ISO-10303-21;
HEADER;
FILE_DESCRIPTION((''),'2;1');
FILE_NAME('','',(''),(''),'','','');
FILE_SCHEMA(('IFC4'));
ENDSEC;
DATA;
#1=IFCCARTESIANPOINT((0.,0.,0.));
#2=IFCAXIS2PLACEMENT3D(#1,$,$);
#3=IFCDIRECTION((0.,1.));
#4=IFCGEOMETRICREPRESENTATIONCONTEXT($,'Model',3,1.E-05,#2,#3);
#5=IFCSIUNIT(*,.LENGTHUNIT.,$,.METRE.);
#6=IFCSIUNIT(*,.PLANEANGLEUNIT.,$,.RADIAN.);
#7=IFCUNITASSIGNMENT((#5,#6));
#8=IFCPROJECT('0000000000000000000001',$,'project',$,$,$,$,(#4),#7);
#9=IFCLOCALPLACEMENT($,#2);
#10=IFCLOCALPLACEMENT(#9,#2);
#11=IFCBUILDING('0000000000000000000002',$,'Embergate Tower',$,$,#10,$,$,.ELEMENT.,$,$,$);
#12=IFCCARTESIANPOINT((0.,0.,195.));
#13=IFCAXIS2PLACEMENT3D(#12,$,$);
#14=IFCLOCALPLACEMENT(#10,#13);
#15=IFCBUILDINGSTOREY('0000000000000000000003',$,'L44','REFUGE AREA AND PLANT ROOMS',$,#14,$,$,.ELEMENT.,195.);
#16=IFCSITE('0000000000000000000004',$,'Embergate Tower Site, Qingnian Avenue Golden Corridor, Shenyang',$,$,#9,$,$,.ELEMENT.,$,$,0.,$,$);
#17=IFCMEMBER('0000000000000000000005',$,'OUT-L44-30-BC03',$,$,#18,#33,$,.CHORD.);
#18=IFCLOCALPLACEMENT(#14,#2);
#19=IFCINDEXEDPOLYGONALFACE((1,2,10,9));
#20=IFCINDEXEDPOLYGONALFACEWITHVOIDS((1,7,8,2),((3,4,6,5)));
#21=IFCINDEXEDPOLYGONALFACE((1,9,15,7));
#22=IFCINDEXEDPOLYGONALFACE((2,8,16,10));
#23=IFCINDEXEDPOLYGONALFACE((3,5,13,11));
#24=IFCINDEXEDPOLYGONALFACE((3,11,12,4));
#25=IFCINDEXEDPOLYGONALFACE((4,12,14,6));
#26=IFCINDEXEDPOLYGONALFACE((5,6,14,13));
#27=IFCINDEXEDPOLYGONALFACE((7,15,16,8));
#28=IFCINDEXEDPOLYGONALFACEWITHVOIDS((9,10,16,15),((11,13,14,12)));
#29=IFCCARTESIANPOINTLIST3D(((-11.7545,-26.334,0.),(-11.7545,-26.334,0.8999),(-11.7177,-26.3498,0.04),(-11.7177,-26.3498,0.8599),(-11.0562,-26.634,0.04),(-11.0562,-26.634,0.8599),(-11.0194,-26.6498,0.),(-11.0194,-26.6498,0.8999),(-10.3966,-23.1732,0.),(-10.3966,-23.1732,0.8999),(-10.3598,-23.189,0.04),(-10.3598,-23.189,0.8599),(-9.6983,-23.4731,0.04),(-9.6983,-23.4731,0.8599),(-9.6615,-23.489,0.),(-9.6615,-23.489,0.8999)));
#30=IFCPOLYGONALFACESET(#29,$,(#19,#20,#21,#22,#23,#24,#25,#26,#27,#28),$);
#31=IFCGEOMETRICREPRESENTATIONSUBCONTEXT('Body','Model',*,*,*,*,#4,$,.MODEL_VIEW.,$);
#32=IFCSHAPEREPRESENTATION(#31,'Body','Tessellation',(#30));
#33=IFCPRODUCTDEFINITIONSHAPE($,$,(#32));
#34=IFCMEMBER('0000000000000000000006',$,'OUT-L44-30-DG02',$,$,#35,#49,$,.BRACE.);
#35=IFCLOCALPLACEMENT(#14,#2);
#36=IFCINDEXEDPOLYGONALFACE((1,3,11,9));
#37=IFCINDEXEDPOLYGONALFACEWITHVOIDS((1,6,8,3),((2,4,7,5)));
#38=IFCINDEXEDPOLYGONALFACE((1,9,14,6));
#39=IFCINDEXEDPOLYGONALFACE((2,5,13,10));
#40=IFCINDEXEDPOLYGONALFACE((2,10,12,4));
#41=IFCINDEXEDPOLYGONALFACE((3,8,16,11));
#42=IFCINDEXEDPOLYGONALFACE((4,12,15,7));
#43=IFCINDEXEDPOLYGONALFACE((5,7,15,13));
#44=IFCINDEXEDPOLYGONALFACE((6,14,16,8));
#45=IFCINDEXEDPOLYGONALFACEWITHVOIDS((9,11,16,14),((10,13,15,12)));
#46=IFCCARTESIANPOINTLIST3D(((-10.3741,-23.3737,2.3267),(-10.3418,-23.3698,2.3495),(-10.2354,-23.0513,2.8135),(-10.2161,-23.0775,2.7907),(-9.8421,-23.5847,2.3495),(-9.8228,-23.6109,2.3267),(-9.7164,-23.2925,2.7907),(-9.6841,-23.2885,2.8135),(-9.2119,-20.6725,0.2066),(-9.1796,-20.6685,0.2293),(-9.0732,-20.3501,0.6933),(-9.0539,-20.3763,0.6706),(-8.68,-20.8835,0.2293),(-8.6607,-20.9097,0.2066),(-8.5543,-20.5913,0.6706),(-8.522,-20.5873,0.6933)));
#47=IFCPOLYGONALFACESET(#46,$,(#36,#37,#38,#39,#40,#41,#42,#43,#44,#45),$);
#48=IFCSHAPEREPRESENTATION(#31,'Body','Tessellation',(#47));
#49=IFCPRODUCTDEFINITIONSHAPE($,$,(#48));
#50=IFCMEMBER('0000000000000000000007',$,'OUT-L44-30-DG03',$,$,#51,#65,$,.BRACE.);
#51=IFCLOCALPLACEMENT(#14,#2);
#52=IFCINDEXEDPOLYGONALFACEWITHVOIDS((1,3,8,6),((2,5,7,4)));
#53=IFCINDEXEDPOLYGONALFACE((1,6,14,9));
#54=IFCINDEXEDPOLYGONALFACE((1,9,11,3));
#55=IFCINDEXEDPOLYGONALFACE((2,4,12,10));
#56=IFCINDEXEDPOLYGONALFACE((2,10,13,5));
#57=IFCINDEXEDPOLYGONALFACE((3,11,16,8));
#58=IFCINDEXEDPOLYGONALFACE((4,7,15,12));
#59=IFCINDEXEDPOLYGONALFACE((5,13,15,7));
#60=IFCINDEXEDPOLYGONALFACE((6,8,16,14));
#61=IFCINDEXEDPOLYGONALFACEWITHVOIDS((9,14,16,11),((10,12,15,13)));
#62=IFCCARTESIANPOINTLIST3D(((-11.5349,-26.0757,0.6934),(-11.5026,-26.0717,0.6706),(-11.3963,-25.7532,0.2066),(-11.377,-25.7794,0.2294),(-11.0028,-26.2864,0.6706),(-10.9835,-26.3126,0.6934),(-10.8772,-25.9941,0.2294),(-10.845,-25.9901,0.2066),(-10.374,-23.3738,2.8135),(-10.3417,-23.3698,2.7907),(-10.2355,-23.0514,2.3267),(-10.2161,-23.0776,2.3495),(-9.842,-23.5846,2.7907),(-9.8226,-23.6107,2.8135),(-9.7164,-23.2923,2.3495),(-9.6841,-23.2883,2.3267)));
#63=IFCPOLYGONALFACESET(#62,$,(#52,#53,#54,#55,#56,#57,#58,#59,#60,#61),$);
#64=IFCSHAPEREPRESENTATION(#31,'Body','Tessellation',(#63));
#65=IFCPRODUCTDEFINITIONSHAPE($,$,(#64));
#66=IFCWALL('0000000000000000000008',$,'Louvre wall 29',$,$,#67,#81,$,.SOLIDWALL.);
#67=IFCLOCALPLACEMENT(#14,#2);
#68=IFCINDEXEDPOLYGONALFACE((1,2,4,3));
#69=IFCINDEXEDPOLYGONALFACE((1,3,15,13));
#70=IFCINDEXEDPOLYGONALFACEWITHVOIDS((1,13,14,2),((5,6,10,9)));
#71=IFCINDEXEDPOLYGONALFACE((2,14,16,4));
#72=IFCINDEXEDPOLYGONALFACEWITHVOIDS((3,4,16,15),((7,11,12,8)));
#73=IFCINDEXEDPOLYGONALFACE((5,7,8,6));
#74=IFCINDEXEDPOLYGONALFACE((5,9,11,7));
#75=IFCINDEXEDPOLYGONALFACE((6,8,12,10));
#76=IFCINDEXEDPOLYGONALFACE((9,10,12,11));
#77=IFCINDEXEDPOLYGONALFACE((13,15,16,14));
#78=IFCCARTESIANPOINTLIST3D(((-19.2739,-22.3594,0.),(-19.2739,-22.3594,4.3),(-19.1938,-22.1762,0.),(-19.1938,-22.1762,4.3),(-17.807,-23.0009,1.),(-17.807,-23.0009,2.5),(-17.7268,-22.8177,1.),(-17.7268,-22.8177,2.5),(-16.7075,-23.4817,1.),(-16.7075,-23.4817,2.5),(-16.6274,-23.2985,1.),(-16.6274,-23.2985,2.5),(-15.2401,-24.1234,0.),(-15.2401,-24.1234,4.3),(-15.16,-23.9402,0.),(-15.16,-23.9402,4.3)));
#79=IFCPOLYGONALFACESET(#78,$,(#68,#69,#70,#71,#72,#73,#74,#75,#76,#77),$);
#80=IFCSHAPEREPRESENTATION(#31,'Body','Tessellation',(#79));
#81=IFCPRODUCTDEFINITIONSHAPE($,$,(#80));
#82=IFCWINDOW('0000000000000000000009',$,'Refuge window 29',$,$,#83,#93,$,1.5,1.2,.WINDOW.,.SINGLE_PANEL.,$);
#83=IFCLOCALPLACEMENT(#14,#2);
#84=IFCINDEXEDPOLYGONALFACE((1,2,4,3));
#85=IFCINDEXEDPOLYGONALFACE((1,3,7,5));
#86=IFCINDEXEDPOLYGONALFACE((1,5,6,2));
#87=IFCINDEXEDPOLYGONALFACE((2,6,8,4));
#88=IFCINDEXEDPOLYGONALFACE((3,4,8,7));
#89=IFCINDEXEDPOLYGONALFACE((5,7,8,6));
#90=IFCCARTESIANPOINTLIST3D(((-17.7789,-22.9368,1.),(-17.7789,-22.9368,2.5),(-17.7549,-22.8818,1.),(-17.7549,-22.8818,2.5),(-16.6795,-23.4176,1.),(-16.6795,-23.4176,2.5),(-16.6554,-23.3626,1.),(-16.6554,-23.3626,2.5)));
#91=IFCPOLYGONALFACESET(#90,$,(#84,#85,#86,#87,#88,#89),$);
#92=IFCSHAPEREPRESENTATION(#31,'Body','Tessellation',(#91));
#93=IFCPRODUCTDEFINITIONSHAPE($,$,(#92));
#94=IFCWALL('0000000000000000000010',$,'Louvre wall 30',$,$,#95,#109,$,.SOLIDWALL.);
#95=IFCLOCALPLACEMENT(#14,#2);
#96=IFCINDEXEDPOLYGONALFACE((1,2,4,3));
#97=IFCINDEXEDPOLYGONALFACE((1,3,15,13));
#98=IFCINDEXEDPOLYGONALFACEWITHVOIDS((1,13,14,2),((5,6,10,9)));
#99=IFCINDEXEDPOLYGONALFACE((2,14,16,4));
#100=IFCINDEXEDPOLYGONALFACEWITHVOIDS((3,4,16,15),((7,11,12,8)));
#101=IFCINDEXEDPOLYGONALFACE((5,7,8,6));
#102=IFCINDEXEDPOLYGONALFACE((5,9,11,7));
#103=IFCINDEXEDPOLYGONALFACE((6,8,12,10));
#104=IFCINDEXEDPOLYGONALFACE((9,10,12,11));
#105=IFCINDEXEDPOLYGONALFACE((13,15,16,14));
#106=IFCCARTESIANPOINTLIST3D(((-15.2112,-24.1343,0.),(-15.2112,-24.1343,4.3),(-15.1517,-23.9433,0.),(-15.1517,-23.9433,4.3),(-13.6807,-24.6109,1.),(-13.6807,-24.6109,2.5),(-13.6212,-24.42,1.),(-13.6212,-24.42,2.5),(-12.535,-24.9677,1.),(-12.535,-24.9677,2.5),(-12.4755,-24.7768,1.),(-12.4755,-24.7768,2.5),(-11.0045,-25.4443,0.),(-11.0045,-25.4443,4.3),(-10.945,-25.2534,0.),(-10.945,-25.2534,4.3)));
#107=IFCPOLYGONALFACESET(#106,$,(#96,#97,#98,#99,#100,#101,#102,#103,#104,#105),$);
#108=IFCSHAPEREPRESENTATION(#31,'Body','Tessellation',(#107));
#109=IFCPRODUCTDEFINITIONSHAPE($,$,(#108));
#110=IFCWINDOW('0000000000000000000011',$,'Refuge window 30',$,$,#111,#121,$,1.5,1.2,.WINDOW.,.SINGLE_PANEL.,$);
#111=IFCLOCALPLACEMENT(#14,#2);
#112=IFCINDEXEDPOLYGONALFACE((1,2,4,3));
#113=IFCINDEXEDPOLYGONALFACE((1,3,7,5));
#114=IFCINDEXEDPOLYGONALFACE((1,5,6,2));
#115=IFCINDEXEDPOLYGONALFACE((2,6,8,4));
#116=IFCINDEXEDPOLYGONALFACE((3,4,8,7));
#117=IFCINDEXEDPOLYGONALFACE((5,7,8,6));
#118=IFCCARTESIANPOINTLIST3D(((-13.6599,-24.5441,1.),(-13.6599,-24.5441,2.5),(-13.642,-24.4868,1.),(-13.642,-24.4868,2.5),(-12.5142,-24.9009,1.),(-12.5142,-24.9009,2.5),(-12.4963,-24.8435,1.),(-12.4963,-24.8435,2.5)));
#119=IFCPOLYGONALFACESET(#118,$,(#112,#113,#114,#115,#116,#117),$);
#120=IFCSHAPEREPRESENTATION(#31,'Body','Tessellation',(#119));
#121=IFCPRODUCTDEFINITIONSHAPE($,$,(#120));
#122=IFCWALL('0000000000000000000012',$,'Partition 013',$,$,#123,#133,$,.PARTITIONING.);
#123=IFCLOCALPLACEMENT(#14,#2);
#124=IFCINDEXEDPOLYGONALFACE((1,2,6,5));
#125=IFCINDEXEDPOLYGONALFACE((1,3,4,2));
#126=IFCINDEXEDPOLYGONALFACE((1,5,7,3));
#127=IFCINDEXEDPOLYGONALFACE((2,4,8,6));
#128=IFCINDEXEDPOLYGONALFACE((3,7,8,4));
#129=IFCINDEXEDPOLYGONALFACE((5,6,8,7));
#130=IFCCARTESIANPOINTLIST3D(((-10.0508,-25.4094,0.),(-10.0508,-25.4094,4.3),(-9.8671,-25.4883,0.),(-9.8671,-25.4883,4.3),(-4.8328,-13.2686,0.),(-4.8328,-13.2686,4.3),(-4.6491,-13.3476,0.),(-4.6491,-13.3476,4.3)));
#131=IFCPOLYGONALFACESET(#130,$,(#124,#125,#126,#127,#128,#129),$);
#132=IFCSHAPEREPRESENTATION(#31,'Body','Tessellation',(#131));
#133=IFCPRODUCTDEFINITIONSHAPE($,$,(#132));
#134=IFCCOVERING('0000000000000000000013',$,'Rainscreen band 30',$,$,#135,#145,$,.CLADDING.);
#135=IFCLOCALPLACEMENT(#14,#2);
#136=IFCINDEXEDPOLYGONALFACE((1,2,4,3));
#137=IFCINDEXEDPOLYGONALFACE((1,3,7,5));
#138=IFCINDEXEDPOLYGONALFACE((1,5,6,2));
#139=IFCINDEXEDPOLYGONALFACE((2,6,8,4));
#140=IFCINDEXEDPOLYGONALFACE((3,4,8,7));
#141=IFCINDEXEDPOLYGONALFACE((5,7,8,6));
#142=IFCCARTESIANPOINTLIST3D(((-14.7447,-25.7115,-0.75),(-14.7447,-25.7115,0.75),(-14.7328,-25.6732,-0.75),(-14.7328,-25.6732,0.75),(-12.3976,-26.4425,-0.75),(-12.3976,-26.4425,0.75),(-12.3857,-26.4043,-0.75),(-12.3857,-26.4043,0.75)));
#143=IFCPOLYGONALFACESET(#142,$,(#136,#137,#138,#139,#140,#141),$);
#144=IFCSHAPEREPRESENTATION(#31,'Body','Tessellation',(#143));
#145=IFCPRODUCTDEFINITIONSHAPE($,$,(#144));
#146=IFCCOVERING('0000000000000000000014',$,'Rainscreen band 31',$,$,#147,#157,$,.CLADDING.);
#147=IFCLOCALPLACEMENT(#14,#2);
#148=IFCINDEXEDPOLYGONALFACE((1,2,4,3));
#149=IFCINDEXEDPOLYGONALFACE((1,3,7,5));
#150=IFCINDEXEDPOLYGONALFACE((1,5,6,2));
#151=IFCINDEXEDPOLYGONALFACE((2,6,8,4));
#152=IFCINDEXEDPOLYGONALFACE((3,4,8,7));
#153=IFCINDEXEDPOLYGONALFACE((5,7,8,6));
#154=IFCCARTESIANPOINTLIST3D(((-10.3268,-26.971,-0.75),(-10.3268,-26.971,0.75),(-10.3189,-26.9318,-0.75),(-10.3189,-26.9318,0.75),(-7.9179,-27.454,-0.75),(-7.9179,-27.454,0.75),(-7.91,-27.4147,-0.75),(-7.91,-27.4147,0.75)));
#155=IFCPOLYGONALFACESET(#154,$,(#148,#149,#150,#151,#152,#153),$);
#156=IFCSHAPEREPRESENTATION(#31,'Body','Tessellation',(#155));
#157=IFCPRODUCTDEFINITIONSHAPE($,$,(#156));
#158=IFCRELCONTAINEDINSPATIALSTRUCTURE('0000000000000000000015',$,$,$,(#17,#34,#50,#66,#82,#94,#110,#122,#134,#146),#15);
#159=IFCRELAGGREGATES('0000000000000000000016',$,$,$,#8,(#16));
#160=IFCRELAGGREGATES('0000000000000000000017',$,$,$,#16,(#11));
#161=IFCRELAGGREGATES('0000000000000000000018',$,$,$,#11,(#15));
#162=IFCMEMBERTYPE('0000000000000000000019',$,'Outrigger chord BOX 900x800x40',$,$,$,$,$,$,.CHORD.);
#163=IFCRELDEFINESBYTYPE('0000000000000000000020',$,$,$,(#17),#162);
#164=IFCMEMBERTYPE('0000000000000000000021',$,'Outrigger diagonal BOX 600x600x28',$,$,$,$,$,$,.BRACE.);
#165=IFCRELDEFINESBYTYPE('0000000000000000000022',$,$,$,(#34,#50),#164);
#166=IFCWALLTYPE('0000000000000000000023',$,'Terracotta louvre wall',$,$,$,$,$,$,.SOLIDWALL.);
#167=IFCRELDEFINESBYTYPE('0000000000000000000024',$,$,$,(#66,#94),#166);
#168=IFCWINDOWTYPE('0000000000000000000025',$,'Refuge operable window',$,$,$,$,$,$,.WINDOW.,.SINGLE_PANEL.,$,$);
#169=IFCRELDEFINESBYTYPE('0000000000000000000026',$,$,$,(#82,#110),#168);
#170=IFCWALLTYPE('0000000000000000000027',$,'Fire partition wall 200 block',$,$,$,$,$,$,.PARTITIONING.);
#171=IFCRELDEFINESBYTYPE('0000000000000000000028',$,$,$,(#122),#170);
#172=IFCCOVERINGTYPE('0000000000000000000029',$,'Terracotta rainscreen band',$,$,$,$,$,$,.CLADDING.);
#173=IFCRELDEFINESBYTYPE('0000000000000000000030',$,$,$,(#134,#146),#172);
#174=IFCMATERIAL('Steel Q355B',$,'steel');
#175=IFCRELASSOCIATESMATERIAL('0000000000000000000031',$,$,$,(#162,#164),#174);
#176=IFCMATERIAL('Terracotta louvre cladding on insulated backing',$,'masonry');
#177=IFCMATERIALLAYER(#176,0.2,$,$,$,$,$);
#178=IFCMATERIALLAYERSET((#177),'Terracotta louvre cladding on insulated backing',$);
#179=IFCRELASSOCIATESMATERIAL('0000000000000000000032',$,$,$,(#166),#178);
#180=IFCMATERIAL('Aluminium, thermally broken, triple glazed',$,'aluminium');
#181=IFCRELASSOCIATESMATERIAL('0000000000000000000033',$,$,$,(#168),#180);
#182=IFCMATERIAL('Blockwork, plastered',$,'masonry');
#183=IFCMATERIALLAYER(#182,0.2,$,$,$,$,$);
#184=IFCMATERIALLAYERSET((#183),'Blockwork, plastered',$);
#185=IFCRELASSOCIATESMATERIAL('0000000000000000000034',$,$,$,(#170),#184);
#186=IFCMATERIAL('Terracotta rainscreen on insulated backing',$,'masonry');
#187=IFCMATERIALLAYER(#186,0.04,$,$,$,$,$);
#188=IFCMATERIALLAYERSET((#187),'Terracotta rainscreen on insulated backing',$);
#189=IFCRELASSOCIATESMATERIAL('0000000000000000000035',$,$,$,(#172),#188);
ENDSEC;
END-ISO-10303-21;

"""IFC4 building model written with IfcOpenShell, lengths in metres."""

from ifc_helpers import new_model, si_unit, direction, frame, frame_2d, origin, origin_2d, place, context, subcontext, project, spatial, rectangle, hollow_rectangle, extrude, source, transform, mapped, material, layer, layer_set, material_profile, profile_set, type_object, element, fill, save


model = new_model("IFC4")

# Units and contexts
model_context = context("Model", 3, precision=1e-05, world=origin(), true_north=direction((0.0, 1.0)))
body_context = subcontext(model_context, "Body", "Model", "MODEL_VIEW")
ifc_project = project(units=[si_unit("LENGTHUNIT", "METRE"), si_unit("PLANEANGLEUNIT", "RADIAN")], contexts=[model_context])

# Site, building, storey
site_placement = place(None, origin())
site = spatial("IfcSite", under=ifc_project, at=site_placement, Name="Embergate Tower Site, Qingnian Avenue Golden Corridor, Shenyang", CompositionType="ELEMENT", RefElevation=0.0)
building_placement = place(site_placement, origin())
building = spatial("IfcBuilding", under=site, at=building_placement, Name="Embergate Tower", CompositionType="ELEMENT")
storey_placement = place(building_placement, frame((0.0, 0.0, 195.0)))
storey = spatial("IfcBuildingStorey", under=building, at=storey_placement, Name="L44", Description="REFUGE AREA AND PLANT ROOMS", CompositionType="ELEMENT", Elevation=195.0)

# Shared definitions
ifc_material_1 = material(Name="Steel Q355B", Category="steel")

# Members
ifc_material_profile_1 = material_profile(ifc_material_1, hollow_rectangle(XDim=0.8, YDim=0.8999, WallThickness=0.04, at=origin_2d()), Name="BOX 900x800x40")
ifc_profile_set_1 = profile_set([ifc_material_profile_1], Name="Steel Q355 grade B")
member_type_1 = type_object("IfcMemberType", Name="Outrigger chord BOX 900x800x40", PredefinedType="CHORD", material=ifc_profile_set_1)
shared_shape_1 = source(origin(), body_context, "Body", "SweptSolid", [
    extrude(hollow_rectangle(XDim=0.8, YDim=0.8999, WallThickness=0.04, at=origin_2d()), origin(), (0.0, 0.0, 1.0), 3.4402),
])
for number, where, z_axis, x_axis, name in (
    (1, (-10.0291, -23.3311, 0.45), (-0.394716, -0.918803, 0.0), (0.918803, -0.394716, 0.0), "OUT-L44-30-BC03"),
):
    element("IfcMember", number, at=place(storey_placement, frame(where, z_axis=z_axis, x_axis=x_axis)), inside=storey, type_object=member_type_1, Name=name, PredefinedType="CHORD", context=body_context, shape_type="MappedRepresentation", body=[
        mapped(shared_shape_1, transform((0.0, 0.0, 0.0))),
    ])
ifc_material_profile_2 = material_profile(ifc_material_1, hollow_rectangle(XDim=0.6001, YDim=0.6001, WallThickness=0.0281, at=origin_2d()), Name="BOX 600x600x28")
ifc_profile_set_2 = profile_set([ifc_material_profile_2], Name="Steel Q355 grade B")
member_type_2 = type_object("IfcMemberType", Name="Outrigger diagonal BOX 600x600x28", PredefinedType="BRACE", material=ifc_profile_set_2)
shared_shape_2 = source(origin(), body_context, "Body", "SweptSolid", [
    extrude(hollow_rectangle(XDim=0.6001, YDim=0.6001, WallThickness=0.0281, at=origin_2d()), origin(), (0.0, 0.0, 1.0), 3.6252),
])
for number, where, z_axis, x_axis, name in (
    (2, (-8.8669, -20.6299, 0.45), (-0.320568, -0.74512, 0.584835), (0.918594, -0.395202, 0.0), "OUT-L44-30-DG02"),
    (3, (-10.0291, -23.3311, 2.5701), (-0.320218, -0.74529, -0.58481), (0.918784, -0.394761, 0.0), "OUT-L44-30-DG03"),
):
    element("IfcMember", number, at=place(storey_placement, frame(where, z_axis=z_axis, x_axis=x_axis)), inside=storey, type_object=member_type_2, Name=name, PredefinedType="BRACE", context=body_context, shape_type="MappedRepresentation", body=[
        mapped(shared_shape_2, transform((0.0, 0.0, 0.0))),
    ])

# Walls, openings, windows
ifc_material_2 = material(Name="Terracotta louvre cladding on insulated backing", Category="masonry")
ifc_layer_1 = layer(ifc_material_2, 0.2)
ifc_layer_set_1 = layer_set([ifc_layer_1], Name="Terracotta louvre cladding on insulated backing")
wall_type_1 = type_object("IfcWallType", Name="Terracotta louvre wall", PredefinedType="SOLIDWALL", material=ifc_layer_set_1)
shared_shape_3 = source(origin(), body_context, "Body", "SweptSolid", [
    extrude(rectangle(XDim=4.4026, YDim=0.2, at=frame_2d((2.2012, 0.0))), origin(), (0.0, 0.0, 1.0), 4.3),
])
wall_1_placement = place(storey_placement, frame((-15.2002, -24.0317, 0.0), z_axis=(0.0, 0.0, 1.0), x_axis=(-0.916226, 0.400662, 0.0)))
wall_1 = element("IfcWall", 4, at=wall_1_placement, inside=storey, type_object=wall_type_1, Name="Louvre wall 29", PredefinedType="SOLIDWALL", context=body_context, shape_type="MappedRepresentation", body=[
    mapped(shared_shape_3, transform((0.0, 0.0, 0.0))),
])
shared_shape_4 = source(origin(), body_context, "Body", "SweptSolid", [
    extrude(rectangle(XDim=1.2, YDim=1.5, at=frame_2d((0.6001, 0.75))), frame((0.0, 0.1099, 0.0), z_axis=(0.0, -1.0, 0.0), x_axis=(1.0, 0.0, 0.0)), (0.0, 0.0, 1.0), 0.22),
])
opening_1_placement = place(wall_1_placement, frame((1.6013, 0.0, 1.0)))
opening_1 = element("IfcOpeningElement", 5, at=opening_1_placement, cuts=wall_1, PredefinedType="OPENING", context=body_context, shape_type="MappedRepresentation", body=[
    mapped(shared_shape_4, transform((0.0, 0.0, 0.0))),
])
ifc_material_3 = material(Name="Aluminium, thermally broken, triple glazed", Category="aluminium")
window_type = type_object("IfcWindowType", Name="Refuge operable window", PartitioningType="SINGLE_PANEL", PredefinedType="WINDOW", material=ifc_material_3)
shared_shape_5 = source(origin(), body_context, "Body", "SweptSolid", [
    extrude(rectangle(XDim=1.2, YDim=1.5, at=frame_2d((0.6001, 0.75))), frame((0.0, 0.03, 0.0), z_axis=(0.0, -1.0, 0.0), x_axis=(1.0, 0.0, 0.0)), (0.0, 0.0, 1.0), 0.0601),
])
window_1_placement = place(opening_1_placement, origin())
window_1 = element("IfcWindow", 6, at=window_1_placement, inside=storey, type_object=window_type, Name="Refuge window 29", OverallHeight=1.5, OverallWidth=1.2, PartitioningType="SINGLE_PANEL", PredefinedType="WINDOW", context=body_context, shape_type="MappedRepresentation", body=[
    mapped(shared_shape_5, transform((0.0, 0.0, 0.0))),
])
fill(opening_1, window_1)
shared_shape_6 = source(origin(), body_context, "Body", "SweptSolid", [
    extrude(rectangle(XDim=4.406, YDim=0.2, at=frame_2d((2.2031, 0.0))), origin(), (0.0, 0.0, 1.0), 4.3),
])
wall_2_placement = place(storey_placement, frame((-10.9746, -25.3489, 0.0), z_axis=(0.0, 0.0, 1.0), x_axis=(-0.954774, 0.297331, 0.0)))
wall_2 = element("IfcWall", 7, at=wall_2_placement, inside=storey, type_object=wall_type_1, Name="Louvre wall 30", PredefinedType="SOLIDWALL", context=body_context, shape_type="MappedRepresentation", body=[
    mapped(shared_shape_6, transform((0.0, 0.0, 0.0))),
])
opening_2_placement = place(wall_2_placement, frame((1.603, 0.0, 1.0)))
opening_2 = element("IfcOpeningElement", 8, at=opening_2_placement, cuts=wall_2, PredefinedType="OPENING", context=body_context, shape_type="MappedRepresentation", body=[
    mapped(shared_shape_4, transform((0.0, 0.0, 0.0))),
])
window_2_placement = place(opening_2_placement, origin())
window_2 = element("IfcWindow", 9, at=window_2_placement, inside=storey, type_object=window_type, Name="Refuge window 30", OverallHeight=1.5, OverallWidth=1.2, PartitioningType="SINGLE_PANEL", PredefinedType="WINDOW", context=body_context, shape_type="MappedRepresentation", body=[
    mapped(shared_shape_5, transform((0.0, 0.0, 0.0))),
])
fill(opening_2, window_2)

# Wall
ifc_material_4 = material(Name="Blockwork, plastered", Category="masonry")
ifc_layer_2 = layer(ifc_material_4, 0.2)
ifc_layer_set_2 = layer_set([ifc_layer_2], Name="Blockwork, plastered")
wall_type_2 = type_object("IfcWallType", Name="Fire partition wall 200 block", PredefinedType="PARTITIONING", material=ifc_layer_set_2)
shared_shape_7 = source(origin(), body_context, "Body", "SweptSolid", [
    extrude(rectangle(XDim=13.2146, YDim=0.2, at=frame_2d((6.6074, 0.0))), origin(), (0.0, 0.0, 1.0), 4.3),
])
wall_3_placement = place(storey_placement, frame((-9.959, -25.449, 0.0), z_axis=(0.0, 0.0, 1.0), x_axis=(0.394864, 0.918739, 0.0)))
element("IfcWall", 10, at=wall_3_placement, inside=storey, type_object=wall_type_2, Name="Partition 013", PredefinedType="PARTITIONING", context=body_context, shape_type="MappedRepresentation", body=[
    mapped(shared_shape_7, transform((0.0, 0.0, 0.0))),
])

# Coverings
ifc_material_5 = material(Name="Terracotta rainscreen on insulated backing", Category="masonry")
ifc_layer_3 = layer(ifc_material_5, 0.04)
ifc_layer_set_3 = layer_set([ifc_layer_3], Name="Terracotta rainscreen on insulated backing")
covering_type = type_object("IfcCoveringType", Name="Terracotta rainscreen band", PredefinedType="CLADDING", material=ifc_layer_set_3)
shared_shape_8 = source(origin(), body_context, "Body", "SweptSolid", [
    extrude(rectangle(XDim=2.4583, YDim=0.04, at=origin_2d()), origin(), (0.0, 0.0, 1.0), 1.5),
])
covering_1_placement = place(storey_placement, frame((-13.5652, -26.0579, -0.75), z_axis=(0.0, 0.0, 1.0), x_axis=(0.954762, -0.297372, 0.0)))
element("IfcCovering", 11, at=covering_1_placement, inside=storey, type_object=covering_type, Name="Rainscreen band 30", PredefinedType="CLADDING", context=body_context, shape_type="MappedRepresentation", body=[
    mapped(shared_shape_8, transform((0.0, 0.0, 0.0))),
])
shared_shape_9 = source(origin(), body_context, "Body", "SweptSolid", [
    extrude(rectangle(XDim=2.4568, YDim=0.04, at=origin_2d()), origin(), (0.0, 0.0, 1.0), 1.5),
])
covering_2_placement = place(storey_placement, frame((-9.1184, -27.1929, -0.75), z_axis=(0.0, 0.0, 1.0), x_axis=(0.980487, -0.196586, 0.0)))
element("IfcCovering", 12, at=covering_2_placement, inside=storey, type_object=covering_type, Name="Rainscreen band 31", PredefinedType="CLADDING", context=body_context, shape_type="MappedRepresentation", body=[
    mapped(shared_shape_9, transform((0.0, 0.0, 0.0))),
])

save(model, "model.ifc")
